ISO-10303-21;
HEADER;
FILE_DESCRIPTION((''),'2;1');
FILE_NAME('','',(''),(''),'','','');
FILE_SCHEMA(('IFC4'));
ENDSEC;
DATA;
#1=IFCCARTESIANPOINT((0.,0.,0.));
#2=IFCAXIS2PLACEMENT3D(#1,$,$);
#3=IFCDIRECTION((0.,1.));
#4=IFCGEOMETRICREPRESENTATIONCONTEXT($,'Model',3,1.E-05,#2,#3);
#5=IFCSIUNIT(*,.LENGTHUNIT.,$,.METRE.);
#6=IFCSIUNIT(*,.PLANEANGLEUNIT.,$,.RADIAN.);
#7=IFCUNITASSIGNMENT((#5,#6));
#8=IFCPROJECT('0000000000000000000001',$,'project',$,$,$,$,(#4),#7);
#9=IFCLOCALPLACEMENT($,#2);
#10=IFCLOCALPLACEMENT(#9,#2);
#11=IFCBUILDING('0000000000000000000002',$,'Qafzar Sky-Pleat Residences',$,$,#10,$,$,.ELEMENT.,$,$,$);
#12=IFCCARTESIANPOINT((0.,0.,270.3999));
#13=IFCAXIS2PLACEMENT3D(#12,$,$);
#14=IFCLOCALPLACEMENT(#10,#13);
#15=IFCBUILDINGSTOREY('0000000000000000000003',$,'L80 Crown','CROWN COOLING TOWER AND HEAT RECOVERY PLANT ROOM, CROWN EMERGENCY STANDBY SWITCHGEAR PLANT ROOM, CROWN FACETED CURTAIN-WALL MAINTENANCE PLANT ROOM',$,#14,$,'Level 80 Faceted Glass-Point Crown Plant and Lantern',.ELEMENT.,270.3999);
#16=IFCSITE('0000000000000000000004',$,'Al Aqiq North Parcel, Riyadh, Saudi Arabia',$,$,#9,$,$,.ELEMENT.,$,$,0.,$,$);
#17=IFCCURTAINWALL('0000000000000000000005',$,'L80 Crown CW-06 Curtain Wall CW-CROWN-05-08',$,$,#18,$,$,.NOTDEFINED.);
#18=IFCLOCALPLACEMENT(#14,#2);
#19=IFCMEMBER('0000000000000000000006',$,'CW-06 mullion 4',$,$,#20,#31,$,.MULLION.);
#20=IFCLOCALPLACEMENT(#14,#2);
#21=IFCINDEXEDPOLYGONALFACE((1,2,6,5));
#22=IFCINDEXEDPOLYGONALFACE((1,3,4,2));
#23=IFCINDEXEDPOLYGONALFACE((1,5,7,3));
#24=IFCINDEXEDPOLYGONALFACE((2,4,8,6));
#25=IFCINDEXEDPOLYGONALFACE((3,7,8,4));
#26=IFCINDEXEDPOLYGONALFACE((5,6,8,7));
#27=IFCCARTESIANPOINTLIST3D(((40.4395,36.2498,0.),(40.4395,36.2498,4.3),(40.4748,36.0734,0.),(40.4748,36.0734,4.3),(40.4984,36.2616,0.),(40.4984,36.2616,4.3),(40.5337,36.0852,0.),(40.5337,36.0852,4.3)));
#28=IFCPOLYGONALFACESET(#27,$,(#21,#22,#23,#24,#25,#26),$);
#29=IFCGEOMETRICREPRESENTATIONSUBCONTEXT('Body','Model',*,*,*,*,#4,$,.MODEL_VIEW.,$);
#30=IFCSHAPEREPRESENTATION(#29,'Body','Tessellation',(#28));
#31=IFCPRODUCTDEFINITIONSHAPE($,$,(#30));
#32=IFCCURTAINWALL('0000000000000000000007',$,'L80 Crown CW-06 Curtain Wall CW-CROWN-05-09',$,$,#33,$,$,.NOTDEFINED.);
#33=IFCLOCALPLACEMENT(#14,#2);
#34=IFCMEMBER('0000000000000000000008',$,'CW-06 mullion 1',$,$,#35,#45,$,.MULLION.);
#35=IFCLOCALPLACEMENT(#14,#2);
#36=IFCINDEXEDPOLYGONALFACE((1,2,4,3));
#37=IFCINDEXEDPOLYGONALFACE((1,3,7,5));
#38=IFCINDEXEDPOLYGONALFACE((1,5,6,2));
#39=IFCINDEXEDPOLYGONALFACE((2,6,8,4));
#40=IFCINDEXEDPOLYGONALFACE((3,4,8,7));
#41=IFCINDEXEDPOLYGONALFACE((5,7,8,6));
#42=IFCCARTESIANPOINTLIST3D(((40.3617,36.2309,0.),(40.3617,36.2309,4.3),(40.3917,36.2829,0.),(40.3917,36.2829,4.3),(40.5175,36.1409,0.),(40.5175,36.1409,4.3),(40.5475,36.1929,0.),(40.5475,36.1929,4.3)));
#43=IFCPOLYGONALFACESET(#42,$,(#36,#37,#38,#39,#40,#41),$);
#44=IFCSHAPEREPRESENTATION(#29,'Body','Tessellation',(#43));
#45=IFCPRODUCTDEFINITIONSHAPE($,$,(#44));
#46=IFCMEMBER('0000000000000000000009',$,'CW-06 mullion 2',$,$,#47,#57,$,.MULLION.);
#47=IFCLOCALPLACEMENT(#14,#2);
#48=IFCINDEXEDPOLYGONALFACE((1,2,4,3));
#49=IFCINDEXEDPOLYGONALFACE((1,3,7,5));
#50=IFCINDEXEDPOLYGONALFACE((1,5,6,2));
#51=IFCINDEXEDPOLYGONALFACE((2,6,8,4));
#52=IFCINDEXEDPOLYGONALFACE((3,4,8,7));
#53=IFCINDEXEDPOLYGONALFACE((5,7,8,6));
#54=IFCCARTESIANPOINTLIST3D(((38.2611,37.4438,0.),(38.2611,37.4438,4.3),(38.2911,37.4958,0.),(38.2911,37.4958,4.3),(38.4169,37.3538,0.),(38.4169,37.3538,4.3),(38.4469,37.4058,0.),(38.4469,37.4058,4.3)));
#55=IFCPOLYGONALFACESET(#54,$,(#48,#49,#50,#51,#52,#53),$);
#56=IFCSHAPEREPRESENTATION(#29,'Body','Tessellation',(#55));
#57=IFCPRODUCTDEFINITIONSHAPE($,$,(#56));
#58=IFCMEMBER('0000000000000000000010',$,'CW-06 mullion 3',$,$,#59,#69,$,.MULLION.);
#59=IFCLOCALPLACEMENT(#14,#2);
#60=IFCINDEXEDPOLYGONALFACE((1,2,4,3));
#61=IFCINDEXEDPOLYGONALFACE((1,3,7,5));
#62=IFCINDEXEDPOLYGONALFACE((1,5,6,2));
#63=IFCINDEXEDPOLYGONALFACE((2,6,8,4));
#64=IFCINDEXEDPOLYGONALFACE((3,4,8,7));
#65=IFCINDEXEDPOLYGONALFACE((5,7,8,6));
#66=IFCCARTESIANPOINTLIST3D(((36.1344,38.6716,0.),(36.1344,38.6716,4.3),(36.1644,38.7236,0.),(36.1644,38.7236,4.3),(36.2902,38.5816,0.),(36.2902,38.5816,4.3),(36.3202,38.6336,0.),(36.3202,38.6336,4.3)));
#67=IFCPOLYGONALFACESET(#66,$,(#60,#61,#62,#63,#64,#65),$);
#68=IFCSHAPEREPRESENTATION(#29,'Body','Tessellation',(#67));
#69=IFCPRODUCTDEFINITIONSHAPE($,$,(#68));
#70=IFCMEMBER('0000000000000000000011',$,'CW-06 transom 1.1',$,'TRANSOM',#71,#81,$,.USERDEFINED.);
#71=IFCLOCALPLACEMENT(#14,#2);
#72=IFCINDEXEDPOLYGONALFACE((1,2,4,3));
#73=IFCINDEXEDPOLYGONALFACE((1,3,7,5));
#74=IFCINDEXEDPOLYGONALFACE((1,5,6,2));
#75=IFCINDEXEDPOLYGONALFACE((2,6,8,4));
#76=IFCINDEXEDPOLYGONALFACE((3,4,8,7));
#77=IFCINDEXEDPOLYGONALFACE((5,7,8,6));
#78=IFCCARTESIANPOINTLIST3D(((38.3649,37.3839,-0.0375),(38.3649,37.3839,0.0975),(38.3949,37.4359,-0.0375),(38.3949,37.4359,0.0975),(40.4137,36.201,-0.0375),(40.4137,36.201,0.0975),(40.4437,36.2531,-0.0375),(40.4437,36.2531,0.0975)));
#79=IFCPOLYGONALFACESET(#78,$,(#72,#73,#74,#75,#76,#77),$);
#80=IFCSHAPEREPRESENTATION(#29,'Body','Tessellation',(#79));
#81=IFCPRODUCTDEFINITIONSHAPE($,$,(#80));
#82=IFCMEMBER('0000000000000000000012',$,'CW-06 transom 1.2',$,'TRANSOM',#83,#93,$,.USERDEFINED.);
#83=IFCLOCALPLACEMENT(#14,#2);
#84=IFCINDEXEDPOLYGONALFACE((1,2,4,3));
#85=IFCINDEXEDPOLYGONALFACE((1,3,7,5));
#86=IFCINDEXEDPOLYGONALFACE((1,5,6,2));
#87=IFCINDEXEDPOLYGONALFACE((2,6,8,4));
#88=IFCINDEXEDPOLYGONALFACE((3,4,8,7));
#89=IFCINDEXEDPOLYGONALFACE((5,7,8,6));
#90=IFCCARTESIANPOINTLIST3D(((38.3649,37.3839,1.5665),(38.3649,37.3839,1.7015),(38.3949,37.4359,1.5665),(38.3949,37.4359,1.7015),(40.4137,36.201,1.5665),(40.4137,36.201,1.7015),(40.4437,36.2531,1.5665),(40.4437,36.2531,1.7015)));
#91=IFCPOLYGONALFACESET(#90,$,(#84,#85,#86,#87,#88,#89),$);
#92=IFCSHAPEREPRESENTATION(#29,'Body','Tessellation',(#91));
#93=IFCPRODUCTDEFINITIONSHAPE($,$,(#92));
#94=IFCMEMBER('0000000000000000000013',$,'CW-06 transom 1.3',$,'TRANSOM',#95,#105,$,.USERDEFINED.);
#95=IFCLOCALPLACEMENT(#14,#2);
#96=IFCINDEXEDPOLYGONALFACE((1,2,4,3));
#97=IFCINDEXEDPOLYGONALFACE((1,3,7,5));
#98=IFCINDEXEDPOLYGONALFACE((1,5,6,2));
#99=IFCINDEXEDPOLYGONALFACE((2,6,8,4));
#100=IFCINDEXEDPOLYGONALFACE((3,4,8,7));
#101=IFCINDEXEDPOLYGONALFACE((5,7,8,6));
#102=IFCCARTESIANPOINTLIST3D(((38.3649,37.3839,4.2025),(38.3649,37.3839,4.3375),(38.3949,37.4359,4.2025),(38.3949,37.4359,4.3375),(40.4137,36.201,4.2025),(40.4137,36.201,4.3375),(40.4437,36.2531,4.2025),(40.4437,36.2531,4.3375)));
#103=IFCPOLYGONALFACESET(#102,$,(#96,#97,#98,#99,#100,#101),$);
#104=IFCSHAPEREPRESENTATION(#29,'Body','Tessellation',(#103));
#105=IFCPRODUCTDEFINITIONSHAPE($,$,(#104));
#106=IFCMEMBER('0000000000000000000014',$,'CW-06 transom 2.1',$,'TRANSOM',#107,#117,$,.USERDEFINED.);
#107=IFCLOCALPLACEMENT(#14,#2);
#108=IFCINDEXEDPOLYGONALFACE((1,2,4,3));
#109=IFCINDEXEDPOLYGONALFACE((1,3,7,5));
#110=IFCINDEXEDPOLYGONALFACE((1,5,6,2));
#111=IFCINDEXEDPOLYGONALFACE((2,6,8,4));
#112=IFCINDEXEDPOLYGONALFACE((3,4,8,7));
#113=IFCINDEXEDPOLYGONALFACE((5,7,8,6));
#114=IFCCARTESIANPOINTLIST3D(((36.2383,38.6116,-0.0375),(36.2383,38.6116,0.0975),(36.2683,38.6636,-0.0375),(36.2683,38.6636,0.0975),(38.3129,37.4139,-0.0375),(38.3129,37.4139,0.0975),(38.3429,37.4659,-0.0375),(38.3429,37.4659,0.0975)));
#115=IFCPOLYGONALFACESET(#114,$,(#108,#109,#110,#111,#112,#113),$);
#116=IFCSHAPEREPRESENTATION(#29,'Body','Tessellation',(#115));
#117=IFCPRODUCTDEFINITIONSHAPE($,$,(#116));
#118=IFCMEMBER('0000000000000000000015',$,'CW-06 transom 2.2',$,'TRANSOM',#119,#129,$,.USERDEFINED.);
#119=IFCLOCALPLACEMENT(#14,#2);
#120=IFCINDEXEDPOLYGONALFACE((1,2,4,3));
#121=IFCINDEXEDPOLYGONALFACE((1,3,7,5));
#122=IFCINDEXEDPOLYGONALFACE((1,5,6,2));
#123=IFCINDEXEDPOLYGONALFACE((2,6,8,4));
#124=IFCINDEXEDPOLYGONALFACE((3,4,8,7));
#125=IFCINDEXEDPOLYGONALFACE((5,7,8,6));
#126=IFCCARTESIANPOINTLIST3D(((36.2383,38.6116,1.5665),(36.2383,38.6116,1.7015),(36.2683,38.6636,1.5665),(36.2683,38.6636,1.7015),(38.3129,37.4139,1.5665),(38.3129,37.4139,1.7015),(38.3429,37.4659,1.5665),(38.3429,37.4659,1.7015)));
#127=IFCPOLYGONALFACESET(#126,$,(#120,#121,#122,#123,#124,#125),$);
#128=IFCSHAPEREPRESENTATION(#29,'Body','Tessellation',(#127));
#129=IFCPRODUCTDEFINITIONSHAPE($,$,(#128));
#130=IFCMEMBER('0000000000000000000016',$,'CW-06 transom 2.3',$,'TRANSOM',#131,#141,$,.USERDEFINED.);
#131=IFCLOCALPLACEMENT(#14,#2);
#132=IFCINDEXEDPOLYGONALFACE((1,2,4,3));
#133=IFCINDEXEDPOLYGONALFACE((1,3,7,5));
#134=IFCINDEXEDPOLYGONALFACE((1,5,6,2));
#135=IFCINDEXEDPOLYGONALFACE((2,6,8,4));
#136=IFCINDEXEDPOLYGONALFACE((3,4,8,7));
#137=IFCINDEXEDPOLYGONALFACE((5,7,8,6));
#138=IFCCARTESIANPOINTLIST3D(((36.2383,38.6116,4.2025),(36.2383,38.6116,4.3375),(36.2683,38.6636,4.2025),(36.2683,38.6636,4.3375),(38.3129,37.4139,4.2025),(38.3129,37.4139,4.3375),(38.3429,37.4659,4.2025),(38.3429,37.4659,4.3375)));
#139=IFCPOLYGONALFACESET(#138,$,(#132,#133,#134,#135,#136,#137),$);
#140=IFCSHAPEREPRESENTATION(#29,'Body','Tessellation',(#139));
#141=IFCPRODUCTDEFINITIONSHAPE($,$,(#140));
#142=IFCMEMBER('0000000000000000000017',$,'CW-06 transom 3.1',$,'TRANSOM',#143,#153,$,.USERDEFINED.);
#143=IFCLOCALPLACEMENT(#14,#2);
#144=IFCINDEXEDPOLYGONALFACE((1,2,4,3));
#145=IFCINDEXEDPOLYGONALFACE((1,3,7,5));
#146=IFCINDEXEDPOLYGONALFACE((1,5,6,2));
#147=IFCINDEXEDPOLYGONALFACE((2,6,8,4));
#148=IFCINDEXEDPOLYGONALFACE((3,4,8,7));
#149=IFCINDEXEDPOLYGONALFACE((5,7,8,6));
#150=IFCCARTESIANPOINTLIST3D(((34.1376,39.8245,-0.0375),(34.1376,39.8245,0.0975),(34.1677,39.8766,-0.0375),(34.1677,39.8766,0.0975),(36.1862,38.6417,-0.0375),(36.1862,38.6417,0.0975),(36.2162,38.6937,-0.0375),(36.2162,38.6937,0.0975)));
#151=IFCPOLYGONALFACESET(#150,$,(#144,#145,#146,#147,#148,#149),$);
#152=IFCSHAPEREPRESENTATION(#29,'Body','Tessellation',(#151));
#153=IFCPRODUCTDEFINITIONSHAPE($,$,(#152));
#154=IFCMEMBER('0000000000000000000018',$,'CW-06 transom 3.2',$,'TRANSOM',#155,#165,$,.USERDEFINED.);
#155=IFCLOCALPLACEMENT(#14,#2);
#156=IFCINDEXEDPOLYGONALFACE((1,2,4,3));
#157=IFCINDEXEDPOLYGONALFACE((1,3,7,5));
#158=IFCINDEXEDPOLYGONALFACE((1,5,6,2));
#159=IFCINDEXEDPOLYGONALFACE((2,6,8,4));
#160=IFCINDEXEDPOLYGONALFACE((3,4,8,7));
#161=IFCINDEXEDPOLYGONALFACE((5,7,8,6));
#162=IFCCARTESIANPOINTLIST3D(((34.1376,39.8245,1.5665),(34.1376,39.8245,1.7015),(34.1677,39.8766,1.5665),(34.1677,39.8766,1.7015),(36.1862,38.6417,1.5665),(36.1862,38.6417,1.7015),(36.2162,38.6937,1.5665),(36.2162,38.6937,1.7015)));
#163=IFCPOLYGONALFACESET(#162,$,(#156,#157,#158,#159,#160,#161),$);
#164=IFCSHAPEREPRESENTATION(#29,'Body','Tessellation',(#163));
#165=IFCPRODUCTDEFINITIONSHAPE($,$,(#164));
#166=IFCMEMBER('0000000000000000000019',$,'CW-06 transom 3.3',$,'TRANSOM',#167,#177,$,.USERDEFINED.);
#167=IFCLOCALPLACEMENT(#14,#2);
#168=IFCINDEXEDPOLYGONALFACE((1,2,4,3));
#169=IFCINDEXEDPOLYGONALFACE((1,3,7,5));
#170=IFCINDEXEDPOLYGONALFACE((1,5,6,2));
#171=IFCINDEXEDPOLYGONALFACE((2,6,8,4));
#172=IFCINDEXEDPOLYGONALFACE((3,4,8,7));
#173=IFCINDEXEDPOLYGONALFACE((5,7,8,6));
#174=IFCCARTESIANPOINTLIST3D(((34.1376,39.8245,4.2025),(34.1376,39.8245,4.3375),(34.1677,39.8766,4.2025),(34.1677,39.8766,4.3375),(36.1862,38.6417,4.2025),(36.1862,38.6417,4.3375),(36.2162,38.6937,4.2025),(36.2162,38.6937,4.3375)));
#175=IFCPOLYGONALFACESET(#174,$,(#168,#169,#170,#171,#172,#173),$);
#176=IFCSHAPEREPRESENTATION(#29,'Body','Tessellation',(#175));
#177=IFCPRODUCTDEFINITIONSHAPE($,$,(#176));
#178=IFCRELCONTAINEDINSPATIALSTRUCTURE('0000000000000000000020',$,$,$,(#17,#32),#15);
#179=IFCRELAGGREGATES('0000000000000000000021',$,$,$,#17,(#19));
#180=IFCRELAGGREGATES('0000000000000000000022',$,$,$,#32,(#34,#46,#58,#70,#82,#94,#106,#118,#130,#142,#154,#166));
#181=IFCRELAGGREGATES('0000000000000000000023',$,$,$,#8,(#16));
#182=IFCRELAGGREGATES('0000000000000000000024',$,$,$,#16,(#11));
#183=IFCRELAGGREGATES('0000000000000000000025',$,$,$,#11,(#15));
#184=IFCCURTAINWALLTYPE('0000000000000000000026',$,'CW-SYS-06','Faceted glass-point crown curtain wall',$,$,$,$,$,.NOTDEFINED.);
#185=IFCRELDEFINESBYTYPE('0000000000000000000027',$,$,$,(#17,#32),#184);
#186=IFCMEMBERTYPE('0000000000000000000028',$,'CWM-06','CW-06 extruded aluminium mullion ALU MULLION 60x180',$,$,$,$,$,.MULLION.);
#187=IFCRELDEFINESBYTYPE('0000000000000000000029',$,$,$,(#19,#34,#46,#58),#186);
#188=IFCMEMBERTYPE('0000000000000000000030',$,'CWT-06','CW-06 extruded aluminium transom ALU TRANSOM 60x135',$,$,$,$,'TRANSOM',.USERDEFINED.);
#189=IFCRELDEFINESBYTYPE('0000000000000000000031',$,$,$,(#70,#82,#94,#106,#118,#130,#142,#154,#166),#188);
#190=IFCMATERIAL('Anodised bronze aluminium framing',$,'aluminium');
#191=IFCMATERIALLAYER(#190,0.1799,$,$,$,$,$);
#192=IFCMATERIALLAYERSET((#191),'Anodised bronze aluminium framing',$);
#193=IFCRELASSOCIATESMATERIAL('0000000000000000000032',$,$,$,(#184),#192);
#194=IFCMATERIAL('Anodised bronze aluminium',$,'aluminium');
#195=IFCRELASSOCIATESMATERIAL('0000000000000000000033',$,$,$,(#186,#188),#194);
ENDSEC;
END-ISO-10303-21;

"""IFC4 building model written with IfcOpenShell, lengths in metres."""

from ifc_helpers import new_model, si_unit, direction, frame, origin, origin_2d, place, context, subcontext, project, spatial, rectangle, extrude, source, transform, mapped, material, layer, layer_set, material_profile, profile_set, type_object, element, aggregate, save


model = new_model("IFC4")

# Units and contexts
model_context = context("Model", 3, precision=1e-05, world=origin(), true_north=direction((0.0, 1.0)))
body_context = subcontext(model_context, "Body", "Model", "MODEL_VIEW")
ifc_project = project(units=[si_unit("LENGTHUNIT", "METRE"), si_unit("PLANEANGLEUNIT", "RADIAN")], contexts=[model_context])

# Site, building, storey
site_placement = place(None, origin())
site = spatial("IfcSite", under=ifc_project, at=site_placement, Name="Al Aqiq North Parcel, Riyadh, Saudi Arabia", CompositionType="ELEMENT", RefElevation=0.0)
building_placement = place(site_placement, origin())
building = spatial("IfcBuilding", under=site, at=building_placement, Name="Qafzar Sky-Pleat Residences", CompositionType="ELEMENT")
storey_placement = place(building_placement, frame((0.0, 0.0, 270.3999)))
storey = spatial("IfcBuildingStorey", under=building, at=storey_placement, Name="L80 Crown", Description="CROWN COOLING TOWER AND HEAT RECOVERY PLANT ROOM, CROWN EMERGENCY STANDBY SWITCHGEAR PLANT ROOM, CROWN FACETED CURTAIN-WALL MAINTENANCE PLANT ROOM", LongName="Level 80 Faceted Glass-Point Crown Plant and Lantern", CompositionType="ELEMENT", Elevation=270.3999)

# Curtain wall, member
ifc_material_1 = material(Name="Anodised bronze aluminium framing", Category="aluminium")
ifc_layer_1 = layer(ifc_material_1, 0.1799)
ifc_layer_set_1 = layer_set([ifc_layer_1], Name="Anodised bronze aluminium framing")
curtain_wall_type = type_object("IfcCurtainWallType", Name="CW-SYS-06", Description="Faceted glass-point crown curtain wall", PredefinedType="NOTDEFINED", material=ifc_layer_set_1)
curtain_wall_1_placement = place(storey_placement, origin())
curtain_wall_1 = element("IfcCurtainWall", 1, at=curtain_wall_1_placement, inside=storey, type_object=curtain_wall_type, Name="L80 Crown CW-06 Curtain Wall CW-CROWN-05-08", PredefinedType="NOTDEFINED")
ifc_material_2 = material(Name="Anodised bronze aluminium", Category="aluminium")
ifc_material_profile_1 = material_profile(ifc_material_2, rectangle(XDim=0.0601, YDim=0.1799, at=origin_2d()), Name="ALU MULLION 60x180")
ifc_profile_set_1 = profile_set([ifc_material_profile_1], Name="Anodised bronze aluminium")
member_type_1 = type_object("IfcMemberType", Name="CWM-06", Description="CW-06 extruded aluminium mullion ALU MULLION 60x180", PredefinedType="MULLION", material=ifc_profile_set_1)
shared_shape_1 = source(origin(), body_context, "Body", "SweptSolid", [
    extrude(rectangle(XDim=0.0601, YDim=0.1799, at=origin_2d()), origin(), (0.0, 0.0, 1.0), 4.3),
])
member_1_placement = place(storey_placement, frame((40.4866, 36.1675, 0.0), z_axis=(0.0, 0.0, 1.0), x_axis=(-0.980581, -0.196116, 0.0)))
member_1 = element("IfcMember", 2, at=member_1_placement, type_object=member_type_1, Name="CW-06 mullion 4", PredefinedType="MULLION", context=body_context, shape_type="MappedRepresentation", body=[
    mapped(shared_shape_1, transform((0.0, 0.0, 0.0), x_axis=(1.0, 0.0, 0.0), y_axis=(0.0, 1.0, 0.0), z_axis=(0.0, 0.0, 1.0), scale=1.0)),
])
aggregate(curtain_wall_1, [member_1])

# Curtain wall, members
curtain_wall_2_placement = place(storey_placement, origin())
curtain_wall_2 = element("IfcCurtainWall", 3, at=curtain_wall_2_placement, inside=storey, type_object=curtain_wall_type, Name="L80 Crown CW-06 Curtain Wall CW-CROWN-05-09", PredefinedType="NOTDEFINED")
member_2_placement = place(storey_placement, frame((40.4546, 36.2119, 0.0), z_axis=(0.0, 0.0, 1.0), x_axis=(-0.500001, -0.866025, 0.0)))
member_2 = element("IfcMember", 4, at=member_2_placement, type_object=member_type_1, Name="CW-06 mullion 1", PredefinedType="MULLION", context=body_context, shape_type="MappedRepresentation", body=[
    mapped(shared_shape_1, transform((0.0, 0.0, 0.0), x_axis=(1.0, 0.0, 0.0), y_axis=(0.0, 1.0, 0.0), z_axis=(0.0, 0.0, 1.0), scale=1.0)),
])
member_3_placement = place(storey_placement, frame((38.354, 37.4248, 0.0), z_axis=(0.0, 0.0, 1.0), x_axis=(-0.500001, -0.866025, 0.0)))
member_3 = element("IfcMember", 5, at=member_3_placement, type_object=member_type_1, Name="CW-06 mullion 2", PredefinedType="MULLION", context=body_context, shape_type="MappedRepresentation", body=[
    mapped(shared_shape_1, transform((0.0, 0.0, 0.0), x_axis=(1.0, 0.0, 0.0), y_axis=(0.0, 1.0, 0.0), z_axis=(0.0, 0.0, 1.0), scale=1.0)),
])
member_4_placement = place(storey_placement, frame((36.2273, 38.6526, 0.0), z_axis=(0.0, 0.0, 1.0), x_axis=(-0.500001, -0.866025, 0.0)))
member_4 = element("IfcMember", 6, at=member_4_placement, type_object=member_type_1, Name="CW-06 mullion 3", PredefinedType="MULLION", context=body_context, shape_type="MappedRepresentation", body=[
    mapped(shared_shape_1, transform((0.0, 0.0, 0.0), x_axis=(1.0, 0.0, 0.0), y_axis=(0.0, 1.0, 0.0), z_axis=(0.0, 0.0, 1.0), scale=1.0)),
])
ifc_material_profile_2 = material_profile(ifc_material_2, rectangle(XDim=0.0601, YDim=0.135, at=origin_2d()), Name="ALU TRANSOM 60x135")
ifc_profile_set_2 = profile_set([ifc_material_profile_2], Name="Anodised bronze aluminium")
member_type_2 = type_object("IfcMemberType", Name="CWT-06", Description="CW-06 extruded aluminium transom ALU TRANSOM 60x135", ElementType="TRANSOM", PredefinedType="USERDEFINED", material=ifc_profile_set_2)
shared_shape_2 = source(origin(), body_context, "Body", "SweptSolid", [
    extrude(rectangle(XDim=0.0601, YDim=0.135, at=origin_2d()), origin(), (0.0, 0.0, 1.0), 2.3657),
])
member_5_placement = place(storey_placement, frame((40.4287, 36.2271, 0.03), z_axis=(-0.866031, 0.49999, 0.0), x_axis=(-0.49999, -0.866031, 0.0)))
member_5 = element("IfcMember", 7, at=member_5_placement, type_object=member_type_2, Name="CW-06 transom 1.1", ObjectType="TRANSOM", PredefinedType="USERDEFINED", context=body_context, shape_type="MappedRepresentation", body=[
    mapped(shared_shape_2, transform((0.0, 0.0, 0.0), x_axis=(1.0, 0.0, 0.0), y_axis=(0.0, 1.0, 0.0), z_axis=(0.0, 0.0, 1.0), scale=1.0)),
])
member_6_placement = place(storey_placement, frame((40.4287, 36.2271, 1.634), z_axis=(-0.866031, 0.49999, 0.0), x_axis=(-0.49999, -0.866031, 0.0)))
member_6 = element("IfcMember", 8, at=member_6_placement, type_object=member_type_2, Name="CW-06 transom 1.2", ObjectType="TRANSOM", PredefinedType="USERDEFINED", context=body_context, shape_type="MappedRepresentation", body=[
    mapped(shared_shape_2, transform((0.0, 0.0, 0.0), x_axis=(1.0, 0.0, 0.0), y_axis=(0.0, 1.0, 0.0), z_axis=(0.0, 0.0, 1.0), scale=1.0)),
])
member_7_placement = place(storey_placement, frame((40.4287, 36.2271, 4.27), z_axis=(-0.866031, 0.49999, 0.0), x_axis=(-0.49999, -0.866031, 0.0)))
member_7 = element("IfcMember", 9, at=member_7_placement, type_object=member_type_2, Name="CW-06 transom 1.3", ObjectType="TRANSOM", PredefinedType="USERDEFINED", context=body_context, shape_type="MappedRepresentation", body=[
    mapped(shared_shape_2, transform((0.0, 0.0, 0.0), x_axis=(1.0, 0.0, 0.0), y_axis=(0.0, 1.0, 0.0), z_axis=(0.0, 0.0, 1.0), scale=1.0)),
])
shared_shape_3 = source(origin(), body_context, "Body", "SweptSolid", [
    extrude(rectangle(XDim=0.0601, YDim=0.135, at=origin_2d()), origin(), (0.0, 0.0, 1.0), 2.3955),
])
member_8_placement = place(storey_placement, frame((38.3279, 37.4399, 0.03), z_axis=(-0.86604, 0.499975, 0.0), x_axis=(-0.499975, -0.86604, 0.0)))
member_8 = element("IfcMember", 10, at=member_8_placement, type_object=member_type_2, Name="CW-06 transom 2.1", ObjectType="TRANSOM", PredefinedType="USERDEFINED", context=body_context, shape_type="MappedRepresentation", body=[
    mapped(shared_shape_3, transform((0.0, 0.0, 0.0), x_axis=(1.0, 0.0, 0.0), y_axis=(0.0, 1.0, 0.0), z_axis=(0.0, 0.0, 1.0), scale=1.0)),
])
member_9_placement = place(storey_placement, frame((38.3279, 37.4399, 1.634), z_axis=(-0.86604, 0.499975, 0.0), x_axis=(-0.499975, -0.86604, 0.0)))
member_9 = element("IfcMember", 11, at=member_9_placement, type_object=member_type_2, Name="CW-06 transom 2.2", ObjectType="TRANSOM", PredefinedType="USERDEFINED", context=body_context, shape_type="MappedRepresentation", body=[
    mapped(shared_shape_3, transform((0.0, 0.0, 0.0), x_axis=(1.0, 0.0, 0.0), y_axis=(0.0, 1.0, 0.0), z_axis=(0.0, 0.0, 1.0), scale=1.0)),
])
member_10_placement = place(storey_placement, frame((38.3279, 37.4399, 4.27), z_axis=(-0.86604, 0.499975, 0.0), x_axis=(-0.499975, -0.86604, 0.0)))
member_10 = element("IfcMember", 12, at=member_10_placement, type_object=member_type_2, Name="CW-06 transom 2.3", ObjectType="TRANSOM", PredefinedType="USERDEFINED", context=body_context, shape_type="MappedRepresentation", body=[
    mapped(shared_shape_3, transform((0.0, 0.0, 0.0), x_axis=(1.0, 0.0, 0.0), y_axis=(0.0, 1.0, 0.0), z_axis=(0.0, 0.0, 1.0), scale=1.0)),
])
shared_shape_4 = source(origin(), body_context, "Body", "SweptSolid", [
    extrude(rectangle(XDim=0.0601, YDim=0.135, at=origin_2d()), origin(), (0.0, 0.0, 1.0), 2.3655),
])
member_11_placement = place(storey_placement, frame((36.2012, 38.6677, 0.03), z_axis=(-0.866005, 0.500035, 0.0), x_axis=(-0.500035, -0.866005, 0.0)))
member_11 = element("IfcMember", 13, at=member_11_placement, type_object=member_type_2, Name="CW-06 transom 3.1", ObjectType="TRANSOM", PredefinedType="USERDEFINED", context=body_context, shape_type="MappedRepresentation", body=[
    mapped(shared_shape_4, transform((0.0, 0.0, 0.0), x_axis=(1.0, 0.0, 0.0), y_axis=(0.0, 1.0, 0.0), z_axis=(0.0, 0.0, 1.0), scale=1.0)),
])
member_12_placement = place(storey_placement, frame((36.2012, 38.6677, 1.634), z_axis=(-0.866005, 0.500035, 0.0), x_axis=(-0.500035, -0.866005, 0.0)))
member_12 = element("IfcMember", 14, at=member_12_placement, type_object=member_type_2, Name="CW-06 transom 3.2", ObjectType="TRANSOM", PredefinedType="USERDEFINED", context=body_context, shape_type="MappedRepresentation", body=[
    mapped(shared_shape_4, transform((0.0, 0.0, 0.0), x_axis=(1.0, 0.0, 0.0), y_axis=(0.0, 1.0, 0.0), z_axis=(0.0, 0.0, 1.0), scale=1.0)),
])
member_13_placement = place(storey_placement, frame((36.2012, 38.6677, 4.27), z_axis=(-0.866005, 0.500035, 0.0), x_axis=(-0.500035, -0.866005, 0.0)))
member_13 = element("IfcMember", 15, at=member_13_placement, type_object=member_type_2, Name="CW-06 transom 3.3", ObjectType="TRANSOM", PredefinedType="USERDEFINED", context=body_context, shape_type="MappedRepresentation", body=[
    mapped(shared_shape_4, transform((0.0, 0.0, 0.0), x_axis=(1.0, 0.0, 0.0), y_axis=(0.0, 1.0, 0.0), z_axis=(0.0, 0.0, 1.0), scale=1.0)),
])
aggregate(curtain_wall_2, [member_2, member_3, member_4, member_5, member_6, member_7, member_8, member_9, member_10, member_11, member_12, member_13])

save(model, "model.ifc")
